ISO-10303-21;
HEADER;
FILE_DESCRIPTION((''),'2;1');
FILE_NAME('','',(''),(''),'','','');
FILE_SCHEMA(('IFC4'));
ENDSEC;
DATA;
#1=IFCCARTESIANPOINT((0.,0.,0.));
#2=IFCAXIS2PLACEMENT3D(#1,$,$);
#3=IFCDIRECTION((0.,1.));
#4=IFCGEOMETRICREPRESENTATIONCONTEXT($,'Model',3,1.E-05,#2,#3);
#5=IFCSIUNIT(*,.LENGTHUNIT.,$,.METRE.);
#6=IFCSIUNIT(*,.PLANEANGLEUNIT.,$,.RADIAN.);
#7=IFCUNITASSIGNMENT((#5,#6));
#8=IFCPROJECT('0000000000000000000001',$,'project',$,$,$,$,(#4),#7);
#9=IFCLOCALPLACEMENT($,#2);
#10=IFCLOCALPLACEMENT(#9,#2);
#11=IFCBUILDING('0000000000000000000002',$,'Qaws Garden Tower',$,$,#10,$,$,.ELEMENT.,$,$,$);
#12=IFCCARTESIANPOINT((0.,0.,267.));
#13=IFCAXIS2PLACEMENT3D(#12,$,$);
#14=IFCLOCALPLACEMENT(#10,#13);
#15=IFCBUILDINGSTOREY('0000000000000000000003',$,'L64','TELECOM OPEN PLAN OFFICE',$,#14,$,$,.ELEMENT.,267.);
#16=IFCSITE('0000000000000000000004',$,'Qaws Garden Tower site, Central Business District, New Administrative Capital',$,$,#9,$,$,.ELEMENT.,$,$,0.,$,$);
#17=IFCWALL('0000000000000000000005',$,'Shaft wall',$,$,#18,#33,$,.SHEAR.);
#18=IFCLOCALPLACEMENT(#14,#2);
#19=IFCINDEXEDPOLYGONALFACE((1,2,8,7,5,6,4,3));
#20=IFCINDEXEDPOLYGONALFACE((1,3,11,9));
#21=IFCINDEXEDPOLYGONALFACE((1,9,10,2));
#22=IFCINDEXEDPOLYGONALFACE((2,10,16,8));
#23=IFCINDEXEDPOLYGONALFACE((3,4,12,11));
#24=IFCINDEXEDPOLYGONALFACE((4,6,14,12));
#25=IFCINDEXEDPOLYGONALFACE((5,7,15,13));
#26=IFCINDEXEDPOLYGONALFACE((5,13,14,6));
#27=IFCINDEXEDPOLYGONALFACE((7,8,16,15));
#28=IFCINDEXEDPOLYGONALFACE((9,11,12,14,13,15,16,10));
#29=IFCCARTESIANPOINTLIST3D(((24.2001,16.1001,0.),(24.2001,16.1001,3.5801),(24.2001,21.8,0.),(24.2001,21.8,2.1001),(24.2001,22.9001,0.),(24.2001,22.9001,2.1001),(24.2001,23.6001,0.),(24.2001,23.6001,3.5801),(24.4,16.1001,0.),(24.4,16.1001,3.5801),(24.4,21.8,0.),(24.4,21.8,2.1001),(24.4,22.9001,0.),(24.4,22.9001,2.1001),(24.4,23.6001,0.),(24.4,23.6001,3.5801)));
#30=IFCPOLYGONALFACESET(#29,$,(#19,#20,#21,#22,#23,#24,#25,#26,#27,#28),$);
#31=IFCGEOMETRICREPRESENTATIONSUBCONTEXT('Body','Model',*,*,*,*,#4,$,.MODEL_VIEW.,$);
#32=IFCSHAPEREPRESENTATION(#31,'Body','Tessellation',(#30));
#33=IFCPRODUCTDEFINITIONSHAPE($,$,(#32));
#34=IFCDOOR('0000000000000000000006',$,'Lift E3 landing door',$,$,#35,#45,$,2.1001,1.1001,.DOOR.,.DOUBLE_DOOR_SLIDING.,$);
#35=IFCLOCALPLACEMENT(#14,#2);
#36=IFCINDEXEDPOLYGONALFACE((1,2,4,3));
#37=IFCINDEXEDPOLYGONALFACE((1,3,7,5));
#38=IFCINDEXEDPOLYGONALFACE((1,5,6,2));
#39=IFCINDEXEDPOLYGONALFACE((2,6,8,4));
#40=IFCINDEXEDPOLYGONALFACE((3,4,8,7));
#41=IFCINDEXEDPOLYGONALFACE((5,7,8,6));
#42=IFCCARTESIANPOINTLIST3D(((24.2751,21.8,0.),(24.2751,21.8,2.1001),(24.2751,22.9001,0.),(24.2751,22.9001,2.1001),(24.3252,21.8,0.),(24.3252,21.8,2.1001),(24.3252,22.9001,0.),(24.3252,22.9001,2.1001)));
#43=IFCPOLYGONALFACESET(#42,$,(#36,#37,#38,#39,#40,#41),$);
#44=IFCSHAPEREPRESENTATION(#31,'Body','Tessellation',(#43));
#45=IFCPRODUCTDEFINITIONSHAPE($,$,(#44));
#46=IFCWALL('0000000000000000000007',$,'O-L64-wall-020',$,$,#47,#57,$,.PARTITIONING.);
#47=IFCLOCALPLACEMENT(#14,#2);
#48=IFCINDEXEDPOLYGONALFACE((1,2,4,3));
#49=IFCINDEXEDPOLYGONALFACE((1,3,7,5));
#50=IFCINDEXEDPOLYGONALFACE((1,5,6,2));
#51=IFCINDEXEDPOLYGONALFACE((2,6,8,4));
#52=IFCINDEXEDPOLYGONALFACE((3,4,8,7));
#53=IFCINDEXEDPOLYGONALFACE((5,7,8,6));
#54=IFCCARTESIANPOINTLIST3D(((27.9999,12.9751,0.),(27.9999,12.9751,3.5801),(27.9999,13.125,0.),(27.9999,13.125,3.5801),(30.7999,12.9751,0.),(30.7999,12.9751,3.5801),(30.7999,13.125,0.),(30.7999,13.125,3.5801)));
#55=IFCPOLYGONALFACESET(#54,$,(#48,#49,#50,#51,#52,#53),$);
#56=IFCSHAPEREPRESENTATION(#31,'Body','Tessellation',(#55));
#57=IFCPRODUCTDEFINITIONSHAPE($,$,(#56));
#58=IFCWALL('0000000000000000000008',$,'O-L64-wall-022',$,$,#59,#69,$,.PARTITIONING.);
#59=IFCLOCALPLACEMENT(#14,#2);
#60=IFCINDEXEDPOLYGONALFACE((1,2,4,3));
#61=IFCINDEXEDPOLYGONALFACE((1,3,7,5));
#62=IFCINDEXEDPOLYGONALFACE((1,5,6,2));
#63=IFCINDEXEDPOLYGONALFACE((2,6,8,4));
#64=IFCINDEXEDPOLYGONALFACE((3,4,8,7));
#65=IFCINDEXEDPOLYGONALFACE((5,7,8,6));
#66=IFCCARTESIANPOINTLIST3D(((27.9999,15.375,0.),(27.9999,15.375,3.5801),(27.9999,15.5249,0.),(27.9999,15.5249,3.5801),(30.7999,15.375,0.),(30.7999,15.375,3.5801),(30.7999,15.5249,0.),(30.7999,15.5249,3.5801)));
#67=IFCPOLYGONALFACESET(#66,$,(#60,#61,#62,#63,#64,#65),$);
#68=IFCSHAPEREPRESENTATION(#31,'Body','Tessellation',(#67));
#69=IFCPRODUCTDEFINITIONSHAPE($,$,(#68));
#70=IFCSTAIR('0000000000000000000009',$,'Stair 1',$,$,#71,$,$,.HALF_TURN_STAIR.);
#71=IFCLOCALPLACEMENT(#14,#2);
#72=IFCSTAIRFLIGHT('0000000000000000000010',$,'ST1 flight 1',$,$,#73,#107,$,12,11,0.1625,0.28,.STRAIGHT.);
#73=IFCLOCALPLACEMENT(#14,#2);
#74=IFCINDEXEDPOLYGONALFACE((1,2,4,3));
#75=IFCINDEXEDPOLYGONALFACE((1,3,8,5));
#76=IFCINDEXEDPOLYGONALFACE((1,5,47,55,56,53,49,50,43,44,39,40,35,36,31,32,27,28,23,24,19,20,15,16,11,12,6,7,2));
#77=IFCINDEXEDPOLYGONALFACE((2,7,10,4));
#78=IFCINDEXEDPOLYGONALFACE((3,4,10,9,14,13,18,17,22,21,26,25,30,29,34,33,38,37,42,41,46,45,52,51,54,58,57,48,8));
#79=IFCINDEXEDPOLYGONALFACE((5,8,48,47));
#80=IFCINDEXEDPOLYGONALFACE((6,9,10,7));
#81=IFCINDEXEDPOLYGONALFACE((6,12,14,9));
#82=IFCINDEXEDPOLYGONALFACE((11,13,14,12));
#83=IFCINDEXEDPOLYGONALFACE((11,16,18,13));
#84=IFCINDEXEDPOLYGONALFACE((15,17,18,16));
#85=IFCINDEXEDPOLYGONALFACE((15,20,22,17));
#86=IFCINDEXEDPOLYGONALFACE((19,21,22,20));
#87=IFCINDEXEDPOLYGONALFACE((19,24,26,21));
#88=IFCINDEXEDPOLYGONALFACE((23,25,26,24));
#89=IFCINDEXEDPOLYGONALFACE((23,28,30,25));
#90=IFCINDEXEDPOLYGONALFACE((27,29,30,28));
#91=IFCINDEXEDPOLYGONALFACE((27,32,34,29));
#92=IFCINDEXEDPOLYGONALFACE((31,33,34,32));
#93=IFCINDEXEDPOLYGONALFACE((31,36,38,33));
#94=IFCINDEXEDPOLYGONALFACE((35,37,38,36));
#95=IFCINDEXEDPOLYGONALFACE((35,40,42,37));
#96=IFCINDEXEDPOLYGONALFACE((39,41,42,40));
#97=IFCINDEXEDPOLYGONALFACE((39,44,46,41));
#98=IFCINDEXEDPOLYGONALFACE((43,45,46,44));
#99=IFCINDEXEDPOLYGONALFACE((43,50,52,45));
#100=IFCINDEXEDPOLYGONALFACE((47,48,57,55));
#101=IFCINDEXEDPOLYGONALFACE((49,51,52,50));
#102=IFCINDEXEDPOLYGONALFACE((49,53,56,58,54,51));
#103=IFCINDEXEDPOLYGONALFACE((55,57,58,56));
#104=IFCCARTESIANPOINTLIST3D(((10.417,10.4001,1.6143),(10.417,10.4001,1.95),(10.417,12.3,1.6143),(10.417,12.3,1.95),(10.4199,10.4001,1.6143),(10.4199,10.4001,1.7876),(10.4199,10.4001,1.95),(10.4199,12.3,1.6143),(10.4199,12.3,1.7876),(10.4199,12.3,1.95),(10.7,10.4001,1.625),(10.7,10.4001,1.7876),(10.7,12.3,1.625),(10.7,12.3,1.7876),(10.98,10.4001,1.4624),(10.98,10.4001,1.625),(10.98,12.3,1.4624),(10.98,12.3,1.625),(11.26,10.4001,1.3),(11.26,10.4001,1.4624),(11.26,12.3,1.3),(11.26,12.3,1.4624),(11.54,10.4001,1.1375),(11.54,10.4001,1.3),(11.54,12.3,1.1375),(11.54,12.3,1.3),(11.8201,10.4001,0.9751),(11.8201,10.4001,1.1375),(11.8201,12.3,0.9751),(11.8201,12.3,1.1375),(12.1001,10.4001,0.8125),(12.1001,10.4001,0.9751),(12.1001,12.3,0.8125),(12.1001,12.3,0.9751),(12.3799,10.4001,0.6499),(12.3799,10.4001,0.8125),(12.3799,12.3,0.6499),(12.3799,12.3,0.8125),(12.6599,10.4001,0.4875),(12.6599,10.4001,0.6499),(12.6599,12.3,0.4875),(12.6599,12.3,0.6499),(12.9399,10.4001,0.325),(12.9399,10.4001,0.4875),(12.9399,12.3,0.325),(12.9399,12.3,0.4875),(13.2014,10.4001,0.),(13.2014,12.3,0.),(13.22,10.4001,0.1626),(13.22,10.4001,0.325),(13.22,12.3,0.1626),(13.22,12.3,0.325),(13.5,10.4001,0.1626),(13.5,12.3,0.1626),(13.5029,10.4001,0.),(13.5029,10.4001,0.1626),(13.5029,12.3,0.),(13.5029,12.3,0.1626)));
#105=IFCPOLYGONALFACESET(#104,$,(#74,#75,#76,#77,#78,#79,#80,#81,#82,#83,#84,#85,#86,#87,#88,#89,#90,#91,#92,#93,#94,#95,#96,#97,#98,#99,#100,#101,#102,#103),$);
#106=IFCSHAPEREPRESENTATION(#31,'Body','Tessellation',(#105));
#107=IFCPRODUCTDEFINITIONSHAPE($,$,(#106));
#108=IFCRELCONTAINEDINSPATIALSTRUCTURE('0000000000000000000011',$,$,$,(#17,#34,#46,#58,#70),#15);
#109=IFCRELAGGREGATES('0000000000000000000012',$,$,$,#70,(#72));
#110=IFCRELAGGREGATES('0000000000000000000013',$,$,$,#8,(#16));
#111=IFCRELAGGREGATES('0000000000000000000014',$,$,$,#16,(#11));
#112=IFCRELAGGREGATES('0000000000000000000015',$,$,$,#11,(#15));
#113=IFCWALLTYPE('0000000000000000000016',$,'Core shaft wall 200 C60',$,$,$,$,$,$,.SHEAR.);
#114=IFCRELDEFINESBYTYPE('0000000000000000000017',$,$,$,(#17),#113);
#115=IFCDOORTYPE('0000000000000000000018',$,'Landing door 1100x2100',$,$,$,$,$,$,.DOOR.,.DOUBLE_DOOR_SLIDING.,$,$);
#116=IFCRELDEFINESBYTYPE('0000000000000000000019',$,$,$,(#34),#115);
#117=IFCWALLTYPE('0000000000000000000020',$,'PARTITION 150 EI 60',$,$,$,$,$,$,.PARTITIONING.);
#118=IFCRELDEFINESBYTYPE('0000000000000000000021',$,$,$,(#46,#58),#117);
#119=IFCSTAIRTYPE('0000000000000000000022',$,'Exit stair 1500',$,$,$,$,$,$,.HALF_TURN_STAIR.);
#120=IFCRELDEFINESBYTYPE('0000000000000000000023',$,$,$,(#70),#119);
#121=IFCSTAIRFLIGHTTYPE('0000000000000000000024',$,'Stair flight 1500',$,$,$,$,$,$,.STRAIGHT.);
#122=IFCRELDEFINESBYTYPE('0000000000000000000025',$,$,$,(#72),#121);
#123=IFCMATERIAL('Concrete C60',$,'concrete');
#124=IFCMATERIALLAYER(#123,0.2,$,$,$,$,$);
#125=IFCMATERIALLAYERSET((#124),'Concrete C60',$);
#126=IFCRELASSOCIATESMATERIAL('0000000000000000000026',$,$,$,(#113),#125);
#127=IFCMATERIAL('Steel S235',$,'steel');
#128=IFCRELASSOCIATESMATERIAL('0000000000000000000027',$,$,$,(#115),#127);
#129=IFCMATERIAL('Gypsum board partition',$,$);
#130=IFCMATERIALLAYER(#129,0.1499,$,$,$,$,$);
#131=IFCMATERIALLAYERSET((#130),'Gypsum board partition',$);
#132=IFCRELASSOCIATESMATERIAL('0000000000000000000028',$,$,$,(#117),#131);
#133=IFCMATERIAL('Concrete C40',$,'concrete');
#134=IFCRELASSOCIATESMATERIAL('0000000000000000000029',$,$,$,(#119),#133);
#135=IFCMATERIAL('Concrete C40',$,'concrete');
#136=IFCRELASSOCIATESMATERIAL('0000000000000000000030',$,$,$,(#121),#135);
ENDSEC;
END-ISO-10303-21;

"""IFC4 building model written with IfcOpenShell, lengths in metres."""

from ifc_helpers import new_model, si_unit, direction, frame, frame_2d, origin, place, context, subcontext, project, spatial, polyline, rectangle, outline, extrude, material, layer, layer_set, type_object, element, fill, aggregate, save


model = new_model("IFC4")

# Units and contexts
model_context = context("Model", 3, precision=1e-05, world=origin(), true_north=direction((0.0, 1.0)))
body_context = subcontext(model_context, "Body", "Model", "MODEL_VIEW")
ifc_project = project(units=[si_unit("LENGTHUNIT", "METRE"), si_unit("PLANEANGLEUNIT", "RADIAN")], contexts=[model_context])

# Site, building, storey
site_placement = place(None, origin())
site = spatial("IfcSite", under=ifc_project, at=site_placement, Name="Qaws Garden Tower site, Central Business District, New Administrative Capital", CompositionType="ELEMENT", RefElevation=0.0)
building_placement = place(site_placement, origin())
building = spatial("IfcBuilding", under=site, at=building_placement, Name="Qaws Garden Tower", CompositionType="ELEMENT")
storey_placement = place(building_placement, frame((0.0, 0.0, 267.0)))
storey = spatial("IfcBuildingStorey", under=building, at=storey_placement, Name="L64", Description="TELECOM OPEN PLAN OFFICE", CompositionType="ELEMENT", Elevation=267.0)

# Shared definitions
ifc_material_1 = material(Name="Concrete C60", Category="concrete")
ifc_layer_1 = layer(ifc_material_1, 0.2)
ifc_layer_set_1 = layer_set([ifc_layer_1], Name="Concrete C60")
wall_type_1 = type_object("IfcWallType", Name="Core shaft wall 200 C60", PredefinedType="SHEAR", material=ifc_layer_set_1)
ifc_material_2 = material(Name="Steel S235", Category="steel")
door_type_1 = type_object("IfcDoorType", Name="Landing door 1100x2100", OperationType="DOUBLE_DOOR_SLIDING", PredefinedType="DOOR", material=ifc_material_2)

# Wall, opening, door
wall_1_placement = place(storey_placement, frame((24.3, 16.1001, 0.0), z_axis=(0.0, 0.0, 1.0), x_axis=(0.0, 1.0, 0.0)))
wall_1 = element("IfcWall", 1, at=wall_1_placement, inside=storey, type_object=wall_type_1, Name="Shaft wall", PredefinedType="SHEAR", context=body_context, shape_type="SweptSolid", body=[
    extrude(rectangle(XDim=7.5, YDim=0.2, at=frame_2d((3.75, 0.0))), origin(), (0.0, 0.0, 1.0), 3.5801),
])
opening_1_placement = place(wall_1_placement, frame((5.7, 0.0, 0.0)))
opening_1 = element("IfcOpeningElement", 2, at=opening_1_placement, cuts=wall_1, PredefinedType="OPENING", context=body_context, shape_type="SweptSolid", body=[
    extrude(rectangle(XDim=1.1001, YDim=2.1001, at=frame_2d((0.55, 1.05))), frame((0.0, 0.1099, 0.0), z_axis=(0.0, -1.0, 0.0), x_axis=(1.0, 0.0, 0.0)), (0.0, 0.0, 1.0), 0.22),
])
door_1_placement = place(opening_1_placement, origin())
door_1 = element("IfcDoor", 3, at=door_1_placement, inside=storey, type_object=door_type_1, Name="Lift E3 landing door", OperationType="DOUBLE_DOOR_SLIDING", OverallHeight=2.1001, OverallWidth=1.1001, PredefinedType="DOOR", context=body_context, shape_type="SweptSolid", body=[
    extrude(rectangle(XDim=1.1001, YDim=2.1001, at=frame_2d((0.55, 1.05))), frame((0.0, 0.0249, 0.0), z_axis=(0.0, -1.0, 0.0), x_axis=(1.0, 0.0, 0.0)), (0.0, 0.0, 1.0), 0.05),
])
fill(opening_1, door_1)

# Walls
ifc_material_3 = material(Name="Gypsum board partition")
ifc_layer_2 = layer(ifc_material_3, 0.1499)
ifc_layer_set_2 = layer_set([ifc_layer_2], Name="Gypsum board partition")
wall_type_2 = type_object("IfcWallType", Name="PARTITION 150 EI 60", PredefinedType="PARTITIONING", material=ifc_layer_set_2)
for number, where, z_axis, x_axis, name in (
    (4, (28.0, 13.05, 0.0), (0.0, 0.0, 1.0), (1.0, 0.0, 0.0), "O-L64-wall-020"),
    (5, (28.0, 15.45, 0.0), (0.0, 0.0, 1.0), (1.0, 0.0, 0.0), "O-L64-wall-022"),
):
    element("IfcWall", number, at=place(storey_placement, frame(where, z_axis=z_axis, x_axis=x_axis)), inside=storey, type_object=wall_type_2, Name=name, PredefinedType="PARTITIONING", context=body_context, shape_type="SweptSolid", body=[
        extrude(rectangle(XDim=2.8, YDim=0.1499, at=frame_2d((1.3999, 0.0))), origin(), (0.0, 0.0, 1.0), 3.5801),
    ])

# Stair, stair flight
ifc_material_4 = material(Name="Concrete C40", Category="concrete")
stair_type = type_object("IfcStairType", Name="Exit stair 1500", PredefinedType="HALF_TURN_STAIR", material=ifc_material_4)
stair_placement = place(storey_placement, origin())
stair = element("IfcStair", 6, at=stair_placement, inside=storey, type_object=stair_type, Name="Stair 1", PredefinedType="HALF_TURN_STAIR")
ifc_material_5 = material(Name="Concrete C40", Category="concrete")
stair_flight_type = type_object("IfcStairFlightType", Name="Stair flight 1500", PredefinedType="STRAIGHT", material=ifc_material_5)
stair_flight_placement = place(storey_placement, frame((13.5, 11.3501, 0.0), z_axis=(0.0, 0.0, 1.0), x_axis=(-1.0, 0.0, 0.0)))
stair_flight = element("IfcStairFlight", 7, at=stair_flight_placement, type_object=stair_flight_type, Name="ST1 flight 1", NumberOfRisers=12, NumberOfTreads=11, PredefinedType="STRAIGHT", RiserHeight=0.1625, TreadLength=0.28, context=body_context, shape_type="SweptSolid", body=[
    extrude(outline(polyline([(-0.0029, 0.0), (-0.0029, 0.1626), (0.0, 0.1626), (0.28, 0.1626), (0.28, 0.325), (0.5601, 0.325), (0.5601, 0.4875), (0.8401, 0.4875), (0.8401, 0.6499), (1.1201, 0.6499), (1.1201, 0.8125), (1.3999, 0.8125), (1.3999, 0.9751), (1.6799, 0.9751), (1.6799, 1.1375), (1.96, 1.1375), (1.96, 1.3), (2.24, 1.3), (2.24, 1.4624), (2.52, 1.4624), (2.52, 1.625), (2.8, 1.625), (2.8, 1.7876), (3.0801, 1.7876), (3.0801, 1.95), (3.083, 1.95), (3.083, 1.6143), (3.0801, 1.6143), (0.2986, 0.0), (-0.0029, 0.0)])), frame((0.0, 0.95, 0.0), z_axis=(0.0, -1.0, 0.0), x_axis=(1.0, 0.0, 0.0)), (0.0, 0.0, 1.0), 1.8999),
])
aggregate(stair, [stair_flight])

save(model, "model.ifc")
